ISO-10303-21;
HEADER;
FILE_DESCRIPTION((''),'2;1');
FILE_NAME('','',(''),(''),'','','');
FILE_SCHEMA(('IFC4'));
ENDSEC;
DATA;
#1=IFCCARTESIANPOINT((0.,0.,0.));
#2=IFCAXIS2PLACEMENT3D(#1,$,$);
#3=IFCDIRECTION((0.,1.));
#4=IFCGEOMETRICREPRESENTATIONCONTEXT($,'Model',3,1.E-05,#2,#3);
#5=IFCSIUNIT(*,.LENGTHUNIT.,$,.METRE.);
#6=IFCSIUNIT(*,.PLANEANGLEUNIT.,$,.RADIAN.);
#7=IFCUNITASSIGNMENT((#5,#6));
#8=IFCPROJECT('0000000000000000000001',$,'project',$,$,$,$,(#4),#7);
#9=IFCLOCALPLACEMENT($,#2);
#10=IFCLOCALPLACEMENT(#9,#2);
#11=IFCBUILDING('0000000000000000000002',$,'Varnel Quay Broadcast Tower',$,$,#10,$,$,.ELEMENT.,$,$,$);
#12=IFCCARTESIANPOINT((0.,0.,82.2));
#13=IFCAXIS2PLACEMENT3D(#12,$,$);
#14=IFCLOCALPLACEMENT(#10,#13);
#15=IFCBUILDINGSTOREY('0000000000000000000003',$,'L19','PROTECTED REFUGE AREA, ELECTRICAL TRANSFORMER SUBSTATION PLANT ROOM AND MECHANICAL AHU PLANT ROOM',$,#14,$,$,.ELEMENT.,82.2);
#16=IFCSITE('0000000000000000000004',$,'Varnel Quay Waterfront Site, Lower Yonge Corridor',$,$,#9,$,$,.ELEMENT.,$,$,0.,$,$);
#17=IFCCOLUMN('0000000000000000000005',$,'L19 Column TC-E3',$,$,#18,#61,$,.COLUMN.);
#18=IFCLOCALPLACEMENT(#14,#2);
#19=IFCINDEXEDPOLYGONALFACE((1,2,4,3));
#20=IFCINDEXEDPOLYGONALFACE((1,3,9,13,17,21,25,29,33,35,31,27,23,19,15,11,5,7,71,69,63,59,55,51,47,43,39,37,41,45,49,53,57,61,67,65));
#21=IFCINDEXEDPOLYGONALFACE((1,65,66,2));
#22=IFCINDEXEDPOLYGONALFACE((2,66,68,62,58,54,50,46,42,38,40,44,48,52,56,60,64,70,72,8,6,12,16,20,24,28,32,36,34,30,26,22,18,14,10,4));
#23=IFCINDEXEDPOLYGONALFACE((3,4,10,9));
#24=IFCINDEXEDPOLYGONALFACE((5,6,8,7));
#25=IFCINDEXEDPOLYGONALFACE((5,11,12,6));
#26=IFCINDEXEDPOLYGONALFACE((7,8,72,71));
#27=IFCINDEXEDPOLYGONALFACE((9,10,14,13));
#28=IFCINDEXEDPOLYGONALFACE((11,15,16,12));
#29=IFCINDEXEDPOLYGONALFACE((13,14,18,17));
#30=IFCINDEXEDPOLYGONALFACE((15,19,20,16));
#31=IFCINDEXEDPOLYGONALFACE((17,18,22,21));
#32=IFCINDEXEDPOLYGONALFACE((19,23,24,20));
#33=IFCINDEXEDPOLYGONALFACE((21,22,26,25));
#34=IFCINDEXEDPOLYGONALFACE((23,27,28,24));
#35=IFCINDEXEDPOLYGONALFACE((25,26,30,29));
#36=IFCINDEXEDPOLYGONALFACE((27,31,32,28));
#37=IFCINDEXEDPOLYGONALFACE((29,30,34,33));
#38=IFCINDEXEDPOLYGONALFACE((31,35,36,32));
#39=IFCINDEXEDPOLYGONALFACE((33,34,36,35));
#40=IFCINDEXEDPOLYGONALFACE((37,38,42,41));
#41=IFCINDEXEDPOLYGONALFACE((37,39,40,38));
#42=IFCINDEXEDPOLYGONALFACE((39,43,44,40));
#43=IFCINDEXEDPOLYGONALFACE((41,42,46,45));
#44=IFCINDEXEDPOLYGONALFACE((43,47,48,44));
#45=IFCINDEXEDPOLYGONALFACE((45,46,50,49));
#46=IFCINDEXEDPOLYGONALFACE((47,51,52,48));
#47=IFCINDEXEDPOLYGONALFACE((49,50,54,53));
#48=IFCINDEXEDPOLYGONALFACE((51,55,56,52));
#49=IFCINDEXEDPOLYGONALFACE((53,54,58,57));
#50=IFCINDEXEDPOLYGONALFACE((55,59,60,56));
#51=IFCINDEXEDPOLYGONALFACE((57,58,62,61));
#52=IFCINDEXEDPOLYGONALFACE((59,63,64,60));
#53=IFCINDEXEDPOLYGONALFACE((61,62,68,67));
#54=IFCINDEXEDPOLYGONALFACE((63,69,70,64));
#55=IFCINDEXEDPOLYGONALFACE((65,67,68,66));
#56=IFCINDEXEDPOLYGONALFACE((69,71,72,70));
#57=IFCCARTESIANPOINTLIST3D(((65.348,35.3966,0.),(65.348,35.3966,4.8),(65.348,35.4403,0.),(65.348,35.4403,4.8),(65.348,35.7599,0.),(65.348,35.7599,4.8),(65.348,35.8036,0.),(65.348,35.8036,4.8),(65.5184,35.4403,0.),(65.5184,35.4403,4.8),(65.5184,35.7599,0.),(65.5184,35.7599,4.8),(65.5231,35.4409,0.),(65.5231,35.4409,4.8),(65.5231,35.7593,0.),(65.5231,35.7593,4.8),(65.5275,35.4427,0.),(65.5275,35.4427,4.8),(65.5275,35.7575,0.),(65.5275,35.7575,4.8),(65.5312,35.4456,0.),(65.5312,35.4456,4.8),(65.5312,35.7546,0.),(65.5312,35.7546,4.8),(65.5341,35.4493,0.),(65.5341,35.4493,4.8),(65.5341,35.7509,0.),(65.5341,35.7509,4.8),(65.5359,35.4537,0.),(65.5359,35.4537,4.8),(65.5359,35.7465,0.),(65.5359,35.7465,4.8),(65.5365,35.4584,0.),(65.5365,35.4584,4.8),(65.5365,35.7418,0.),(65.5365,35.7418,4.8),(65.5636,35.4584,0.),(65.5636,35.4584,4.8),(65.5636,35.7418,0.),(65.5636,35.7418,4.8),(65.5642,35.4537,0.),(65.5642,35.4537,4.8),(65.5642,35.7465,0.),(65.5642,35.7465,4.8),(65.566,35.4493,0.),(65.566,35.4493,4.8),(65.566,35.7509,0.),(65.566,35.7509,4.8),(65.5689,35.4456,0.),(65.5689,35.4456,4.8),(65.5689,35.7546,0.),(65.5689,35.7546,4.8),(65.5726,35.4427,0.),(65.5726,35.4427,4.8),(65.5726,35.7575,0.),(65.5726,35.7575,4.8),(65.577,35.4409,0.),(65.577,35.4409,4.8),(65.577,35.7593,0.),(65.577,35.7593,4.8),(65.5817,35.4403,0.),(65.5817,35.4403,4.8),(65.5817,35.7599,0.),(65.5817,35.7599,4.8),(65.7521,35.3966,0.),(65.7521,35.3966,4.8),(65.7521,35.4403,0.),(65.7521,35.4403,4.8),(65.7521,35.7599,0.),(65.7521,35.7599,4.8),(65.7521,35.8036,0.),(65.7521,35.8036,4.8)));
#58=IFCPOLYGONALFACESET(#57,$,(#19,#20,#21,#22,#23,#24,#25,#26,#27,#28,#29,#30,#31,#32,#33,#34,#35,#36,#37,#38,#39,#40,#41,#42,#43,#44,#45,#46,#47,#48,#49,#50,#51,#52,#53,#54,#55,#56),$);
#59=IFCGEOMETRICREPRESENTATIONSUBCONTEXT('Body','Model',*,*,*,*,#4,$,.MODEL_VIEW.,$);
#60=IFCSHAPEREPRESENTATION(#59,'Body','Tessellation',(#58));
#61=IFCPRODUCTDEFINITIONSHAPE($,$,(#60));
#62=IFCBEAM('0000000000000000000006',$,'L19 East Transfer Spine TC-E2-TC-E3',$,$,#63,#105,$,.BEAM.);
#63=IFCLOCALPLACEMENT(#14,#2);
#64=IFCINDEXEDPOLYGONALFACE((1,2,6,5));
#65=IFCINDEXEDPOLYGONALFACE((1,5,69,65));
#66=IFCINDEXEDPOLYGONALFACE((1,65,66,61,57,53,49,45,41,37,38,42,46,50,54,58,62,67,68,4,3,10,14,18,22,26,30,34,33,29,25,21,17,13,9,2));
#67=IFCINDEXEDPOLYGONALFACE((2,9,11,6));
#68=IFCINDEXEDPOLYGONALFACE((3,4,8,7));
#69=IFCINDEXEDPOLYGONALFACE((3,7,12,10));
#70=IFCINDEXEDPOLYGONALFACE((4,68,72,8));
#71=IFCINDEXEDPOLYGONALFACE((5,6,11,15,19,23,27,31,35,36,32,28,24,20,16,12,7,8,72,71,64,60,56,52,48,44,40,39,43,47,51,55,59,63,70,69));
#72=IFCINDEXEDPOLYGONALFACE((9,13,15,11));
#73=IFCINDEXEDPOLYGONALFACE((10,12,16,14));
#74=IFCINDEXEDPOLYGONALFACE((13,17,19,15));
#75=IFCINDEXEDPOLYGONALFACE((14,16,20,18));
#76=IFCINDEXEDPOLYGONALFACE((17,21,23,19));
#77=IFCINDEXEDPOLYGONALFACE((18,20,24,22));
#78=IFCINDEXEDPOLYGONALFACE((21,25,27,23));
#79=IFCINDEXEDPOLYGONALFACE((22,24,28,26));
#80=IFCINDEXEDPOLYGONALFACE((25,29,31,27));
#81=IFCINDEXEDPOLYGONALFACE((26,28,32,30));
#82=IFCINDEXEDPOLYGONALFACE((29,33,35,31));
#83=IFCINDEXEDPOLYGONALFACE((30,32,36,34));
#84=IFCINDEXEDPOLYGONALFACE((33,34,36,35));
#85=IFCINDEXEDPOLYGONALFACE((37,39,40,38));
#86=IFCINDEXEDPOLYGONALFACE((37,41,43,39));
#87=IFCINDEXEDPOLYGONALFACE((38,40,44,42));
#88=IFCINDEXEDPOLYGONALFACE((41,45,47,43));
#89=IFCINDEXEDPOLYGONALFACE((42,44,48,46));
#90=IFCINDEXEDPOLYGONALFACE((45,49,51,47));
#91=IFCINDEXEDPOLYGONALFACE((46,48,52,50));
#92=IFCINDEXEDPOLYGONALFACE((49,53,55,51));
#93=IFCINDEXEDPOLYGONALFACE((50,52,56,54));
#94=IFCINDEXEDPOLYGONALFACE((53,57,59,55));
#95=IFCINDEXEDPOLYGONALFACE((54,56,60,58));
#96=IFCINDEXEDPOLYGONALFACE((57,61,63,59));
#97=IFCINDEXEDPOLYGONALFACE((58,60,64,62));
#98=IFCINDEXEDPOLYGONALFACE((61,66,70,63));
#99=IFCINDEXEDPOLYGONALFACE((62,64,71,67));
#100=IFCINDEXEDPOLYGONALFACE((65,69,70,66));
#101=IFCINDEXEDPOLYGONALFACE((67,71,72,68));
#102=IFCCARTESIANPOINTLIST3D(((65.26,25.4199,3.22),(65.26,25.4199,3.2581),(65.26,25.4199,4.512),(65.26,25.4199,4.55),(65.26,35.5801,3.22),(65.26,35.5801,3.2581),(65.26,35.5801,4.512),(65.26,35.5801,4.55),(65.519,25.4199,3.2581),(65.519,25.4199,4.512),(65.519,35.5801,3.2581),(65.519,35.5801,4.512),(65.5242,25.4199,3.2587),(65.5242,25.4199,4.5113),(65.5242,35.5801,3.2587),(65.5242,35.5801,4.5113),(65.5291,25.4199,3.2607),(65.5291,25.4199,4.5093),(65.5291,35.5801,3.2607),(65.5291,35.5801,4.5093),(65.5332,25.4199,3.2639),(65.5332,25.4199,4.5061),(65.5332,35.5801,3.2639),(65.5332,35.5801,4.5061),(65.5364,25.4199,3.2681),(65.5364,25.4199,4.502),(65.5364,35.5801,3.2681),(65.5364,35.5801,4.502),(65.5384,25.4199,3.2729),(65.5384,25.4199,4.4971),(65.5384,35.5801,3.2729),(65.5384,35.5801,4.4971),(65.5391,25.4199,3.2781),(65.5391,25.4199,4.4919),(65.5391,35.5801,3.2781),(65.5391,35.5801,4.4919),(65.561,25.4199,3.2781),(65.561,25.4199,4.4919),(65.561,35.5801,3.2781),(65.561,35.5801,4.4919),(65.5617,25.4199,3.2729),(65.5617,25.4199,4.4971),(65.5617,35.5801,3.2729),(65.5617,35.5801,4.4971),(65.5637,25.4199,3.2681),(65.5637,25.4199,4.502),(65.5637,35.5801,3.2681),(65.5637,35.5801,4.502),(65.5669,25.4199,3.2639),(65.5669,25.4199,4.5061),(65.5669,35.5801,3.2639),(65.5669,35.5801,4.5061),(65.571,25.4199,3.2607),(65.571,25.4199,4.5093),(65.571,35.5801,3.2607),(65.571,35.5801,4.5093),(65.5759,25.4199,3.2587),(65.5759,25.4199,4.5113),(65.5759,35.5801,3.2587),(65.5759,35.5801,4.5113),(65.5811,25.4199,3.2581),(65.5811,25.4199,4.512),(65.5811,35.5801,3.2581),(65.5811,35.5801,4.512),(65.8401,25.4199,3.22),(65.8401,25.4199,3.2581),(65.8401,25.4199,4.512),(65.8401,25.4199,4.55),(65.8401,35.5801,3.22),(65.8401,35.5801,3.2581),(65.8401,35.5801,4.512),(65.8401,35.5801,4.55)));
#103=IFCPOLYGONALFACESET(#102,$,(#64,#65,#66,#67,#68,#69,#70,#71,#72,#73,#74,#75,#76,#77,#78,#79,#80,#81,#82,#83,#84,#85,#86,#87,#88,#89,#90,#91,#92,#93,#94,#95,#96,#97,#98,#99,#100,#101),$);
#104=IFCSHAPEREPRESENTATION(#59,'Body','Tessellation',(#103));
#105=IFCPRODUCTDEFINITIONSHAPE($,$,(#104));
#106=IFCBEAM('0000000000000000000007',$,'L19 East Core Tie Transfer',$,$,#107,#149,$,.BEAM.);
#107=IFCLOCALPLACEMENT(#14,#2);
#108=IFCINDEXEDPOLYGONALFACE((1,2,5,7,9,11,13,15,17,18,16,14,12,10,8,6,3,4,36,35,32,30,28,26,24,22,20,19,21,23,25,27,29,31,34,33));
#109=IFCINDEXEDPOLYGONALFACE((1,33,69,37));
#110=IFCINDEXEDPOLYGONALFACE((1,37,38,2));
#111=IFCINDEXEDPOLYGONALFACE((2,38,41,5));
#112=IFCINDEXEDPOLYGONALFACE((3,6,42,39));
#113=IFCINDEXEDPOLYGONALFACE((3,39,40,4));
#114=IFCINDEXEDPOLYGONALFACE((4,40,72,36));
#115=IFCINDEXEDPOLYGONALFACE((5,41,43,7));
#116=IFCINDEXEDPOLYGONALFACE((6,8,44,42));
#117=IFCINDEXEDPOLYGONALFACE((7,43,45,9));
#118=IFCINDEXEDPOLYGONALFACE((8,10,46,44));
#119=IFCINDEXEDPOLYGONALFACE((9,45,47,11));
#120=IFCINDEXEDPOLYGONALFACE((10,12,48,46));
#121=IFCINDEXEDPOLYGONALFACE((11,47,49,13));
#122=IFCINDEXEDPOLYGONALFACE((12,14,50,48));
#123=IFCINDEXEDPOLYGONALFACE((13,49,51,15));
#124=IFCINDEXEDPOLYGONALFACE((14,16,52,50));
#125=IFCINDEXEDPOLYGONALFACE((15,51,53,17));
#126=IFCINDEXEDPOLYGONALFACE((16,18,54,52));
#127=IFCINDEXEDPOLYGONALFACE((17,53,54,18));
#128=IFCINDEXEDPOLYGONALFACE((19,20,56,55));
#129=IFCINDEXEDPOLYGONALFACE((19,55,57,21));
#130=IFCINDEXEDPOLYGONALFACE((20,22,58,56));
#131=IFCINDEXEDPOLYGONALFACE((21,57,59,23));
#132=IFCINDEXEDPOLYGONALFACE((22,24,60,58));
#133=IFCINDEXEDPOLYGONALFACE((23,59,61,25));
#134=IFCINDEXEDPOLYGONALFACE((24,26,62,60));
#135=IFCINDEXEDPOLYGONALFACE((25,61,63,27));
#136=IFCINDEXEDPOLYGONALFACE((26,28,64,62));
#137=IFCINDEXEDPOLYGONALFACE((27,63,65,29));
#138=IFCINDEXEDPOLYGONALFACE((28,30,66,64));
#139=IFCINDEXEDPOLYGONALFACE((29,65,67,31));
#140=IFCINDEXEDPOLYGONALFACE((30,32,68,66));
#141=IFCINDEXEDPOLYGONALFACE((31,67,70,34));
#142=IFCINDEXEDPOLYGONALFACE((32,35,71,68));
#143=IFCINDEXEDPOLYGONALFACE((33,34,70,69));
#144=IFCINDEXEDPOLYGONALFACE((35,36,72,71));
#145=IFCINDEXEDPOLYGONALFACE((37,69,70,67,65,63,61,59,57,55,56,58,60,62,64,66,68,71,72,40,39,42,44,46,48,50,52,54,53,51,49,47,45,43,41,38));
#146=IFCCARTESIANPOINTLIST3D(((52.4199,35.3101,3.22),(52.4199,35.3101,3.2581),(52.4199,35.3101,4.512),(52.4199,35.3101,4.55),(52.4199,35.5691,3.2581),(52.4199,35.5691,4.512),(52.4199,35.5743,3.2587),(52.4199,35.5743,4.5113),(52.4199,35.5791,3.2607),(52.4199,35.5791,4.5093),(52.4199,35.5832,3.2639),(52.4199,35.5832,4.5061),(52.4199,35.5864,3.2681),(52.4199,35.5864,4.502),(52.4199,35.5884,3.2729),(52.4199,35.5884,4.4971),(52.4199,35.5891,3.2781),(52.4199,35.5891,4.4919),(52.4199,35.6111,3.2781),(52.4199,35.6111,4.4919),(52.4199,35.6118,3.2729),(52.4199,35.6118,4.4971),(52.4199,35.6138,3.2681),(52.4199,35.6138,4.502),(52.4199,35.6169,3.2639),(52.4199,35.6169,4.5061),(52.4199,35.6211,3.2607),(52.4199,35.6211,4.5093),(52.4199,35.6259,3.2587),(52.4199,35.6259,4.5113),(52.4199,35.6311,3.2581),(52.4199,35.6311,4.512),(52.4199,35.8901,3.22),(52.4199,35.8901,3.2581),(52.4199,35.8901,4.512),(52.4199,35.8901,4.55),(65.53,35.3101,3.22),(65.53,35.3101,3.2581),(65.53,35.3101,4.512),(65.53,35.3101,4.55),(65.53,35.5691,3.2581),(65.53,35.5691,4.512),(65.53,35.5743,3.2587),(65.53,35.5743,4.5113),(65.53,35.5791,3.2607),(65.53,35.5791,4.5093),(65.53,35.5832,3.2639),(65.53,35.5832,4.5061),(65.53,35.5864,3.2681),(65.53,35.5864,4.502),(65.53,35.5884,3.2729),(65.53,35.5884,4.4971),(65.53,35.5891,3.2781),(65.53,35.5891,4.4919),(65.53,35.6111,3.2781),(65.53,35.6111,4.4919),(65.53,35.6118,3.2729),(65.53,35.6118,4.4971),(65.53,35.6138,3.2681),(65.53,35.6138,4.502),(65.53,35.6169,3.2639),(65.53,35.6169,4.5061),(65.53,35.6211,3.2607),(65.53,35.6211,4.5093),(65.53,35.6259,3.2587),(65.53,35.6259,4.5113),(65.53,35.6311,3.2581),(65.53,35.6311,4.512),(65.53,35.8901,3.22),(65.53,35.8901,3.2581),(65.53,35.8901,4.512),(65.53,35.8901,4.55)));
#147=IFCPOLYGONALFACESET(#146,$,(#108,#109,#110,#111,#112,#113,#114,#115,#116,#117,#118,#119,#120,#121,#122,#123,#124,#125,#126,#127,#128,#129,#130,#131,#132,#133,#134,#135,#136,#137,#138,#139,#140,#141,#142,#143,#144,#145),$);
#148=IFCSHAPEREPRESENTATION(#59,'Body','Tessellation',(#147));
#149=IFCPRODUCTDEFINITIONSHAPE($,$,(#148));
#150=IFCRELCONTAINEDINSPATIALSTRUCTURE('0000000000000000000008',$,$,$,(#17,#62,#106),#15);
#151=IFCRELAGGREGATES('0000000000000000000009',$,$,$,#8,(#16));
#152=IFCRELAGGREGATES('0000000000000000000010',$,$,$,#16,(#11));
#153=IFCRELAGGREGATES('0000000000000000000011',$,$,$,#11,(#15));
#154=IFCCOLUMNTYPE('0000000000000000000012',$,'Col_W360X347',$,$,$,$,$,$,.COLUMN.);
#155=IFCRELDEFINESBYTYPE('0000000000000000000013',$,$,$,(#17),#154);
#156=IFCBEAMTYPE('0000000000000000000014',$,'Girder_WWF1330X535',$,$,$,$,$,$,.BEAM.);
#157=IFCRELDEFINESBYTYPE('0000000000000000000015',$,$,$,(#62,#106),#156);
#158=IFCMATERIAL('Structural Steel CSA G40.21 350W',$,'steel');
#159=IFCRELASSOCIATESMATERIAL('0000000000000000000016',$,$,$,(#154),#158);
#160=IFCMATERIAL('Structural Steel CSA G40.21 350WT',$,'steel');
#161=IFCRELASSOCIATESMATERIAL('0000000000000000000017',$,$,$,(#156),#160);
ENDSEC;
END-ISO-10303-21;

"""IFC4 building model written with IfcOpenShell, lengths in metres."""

from ifc_helpers import new_model, si_unit, direction, frame, origin, origin_2d, place, context, subcontext, project, spatial, i_section, extrude, source, transform, mapped, material, material_profile, profile_set, type_object, type_shapes, element, save


model = new_model("IFC4")

# Units and contexts
model_context = context("Model", 3, precision=1e-05, world=origin(), true_north=direction((0.0, 1.0)))
body_context = subcontext(model_context, "Body", "Model", "MODEL_VIEW")
ifc_project = project(units=[si_unit("LENGTHUNIT", "METRE"), si_unit("PLANEANGLEUNIT", "RADIAN")], contexts=[model_context])

# Site, building, storey
site_placement = place(None, origin())
site = spatial("IfcSite", under=ifc_project, at=site_placement, Name="Varnel Quay Waterfront Site, Lower Yonge Corridor", CompositionType="ELEMENT", RefElevation=0.0)
building_placement = place(site_placement, origin())
building = spatial("IfcBuilding", under=site, at=building_placement, Name="Varnel Quay Broadcast Tower", CompositionType="ELEMENT")
storey_placement = place(building_placement, frame((0.0, 0.0, 82.2)))
storey = spatial("IfcBuildingStorey", under=building, at=storey_placement, Name="L19", Description="PROTECTED REFUGE AREA, ELECTRICAL TRANSFORMER SUBSTATION PLANT ROOM AND MECHANICAL AHU PLANT ROOM", CompositionType="ELEMENT", Elevation=82.2)

# Column
ifc_material_1 = material(Name="Structural Steel CSA G40.21 350W", Category="steel")
ifc_material_profile_1 = material_profile(ifc_material_1, i_section(OverallWidth=0.4041, OverallDepth=0.407, WebThickness=0.0271, FlangeThickness=0.0437, FilletRadius=0.0181, at=origin_2d()), Name="W360X347")
ifc_profile_set_1 = profile_set([ifc_material_profile_1], Name="Structural Steel CSA G40.21 350W")
column_type = type_object("IfcColumnType", Name="Col_W360X347", PredefinedType="COLUMN", material=ifc_profile_set_1)
shared_shape_1 = source(origin(), body_context, "Body", "SweptSolid", [
    extrude(i_section(OverallWidth=0.4041, OverallDepth=0.407, WebThickness=0.0271, FlangeThickness=0.0437, FilletRadius=0.0181, at=origin_2d()), origin(), (0.0, 0.0, 1.0), 4.8),
])
type_shapes(column_type, [shared_shape_1])
column_placement = place(storey_placement, frame((65.55, 35.6001, 0.0), z_axis=(0.0, 0.0, 1.0), x_axis=(1.0, 0.0, 0.0)))
element("IfcColumn", 1, at=column_placement, inside=storey, type_object=column_type, Name="L19 Column TC-E3", PredefinedType="COLUMN", context=body_context, shape_type="MappedRepresentation", body=[
    mapped(shared_shape_1, transform((0.0, 0.0, 0.0), x_axis=(1.0, 0.0, 0.0), y_axis=(0.0, 1.0, 0.0), z_axis=(0.0, 0.0, 1.0), scale=1.0)),
])

# Beams
ifc_material_2 = material(Name="Structural Steel CSA G40.21 350WT", Category="steel")
ifc_material_profile_2 = material_profile(ifc_material_2, i_section(OverallWidth=0.5801, OverallDepth=1.3301, WebThickness=0.022, FlangeThickness=0.0381, FilletRadius=0.02, at=origin_2d()), Name="WWF1330X535")
ifc_profile_set_2 = profile_set([ifc_material_profile_2], Name="Structural Steel CSA G40.21 350WT")
beam_type = type_object("IfcBeamType", Name="Girder_WWF1330X535", PredefinedType="BEAM", material=ifc_profile_set_2)
shared_shape_2 = source(origin(), body_context, "Body", "SweptSolid", [
    extrude(i_section(OverallWidth=0.5801, OverallDepth=1.3301, WebThickness=0.022, FlangeThickness=0.0381, FilletRadius=0.02, at=origin_2d()), origin(), (0.0, 0.0, 1.0), 10.1602),
])
beam_1_placement = place(storey_placement, frame((65.55, 25.4199, 3.885), z_axis=(0.0, 1.0, 0.0), x_axis=(-1.0, 0.0, 0.0)))
element("IfcBeam", 2, at=beam_1_placement, inside=storey, type_object=beam_type, Name="L19 East Transfer Spine TC-E2-TC-E3", PredefinedType="BEAM", context=body_context, shape_type="MappedRepresentation", body=[
    mapped(shared_shape_2, transform((0.0, 0.0, 0.0), x_axis=(1.0, 0.0, 0.0), y_axis=(0.0, 1.0, 0.0), z_axis=(0.0, 0.0, 1.0), scale=1.0)),
])
shared_shape_3 = source(origin(), body_context, "Body", "SweptSolid", [
    extrude(i_section(OverallWidth=0.5801, OverallDepth=1.3301, WebThickness=0.022, FlangeThickness=0.0381, FilletRadius=0.02, at=origin_2d()), origin(), (0.0, 0.0, 1.0), 13.1101),
])
beam_2_placement = place(storey_placement, frame((52.4199, 35.6001, 3.885), z_axis=(1.0, 0.0, 0.0), x_axis=(0.0, 1.0, 0.0)))
element("IfcBeam", 3, at=beam_2_placement, inside=storey, type_object=beam_type, Name="L19 East Core Tie Transfer", PredefinedType="BEAM", context=body_context, shape_type="MappedRepresentation", body=[
    mapped(shared_shape_3, transform((0.0, 0.0, 0.0), x_axis=(1.0, 0.0, 0.0), y_axis=(0.0, 1.0, 0.0), z_axis=(0.0, 0.0, 1.0), scale=1.0)),
])

save(model, "model.ifc")
